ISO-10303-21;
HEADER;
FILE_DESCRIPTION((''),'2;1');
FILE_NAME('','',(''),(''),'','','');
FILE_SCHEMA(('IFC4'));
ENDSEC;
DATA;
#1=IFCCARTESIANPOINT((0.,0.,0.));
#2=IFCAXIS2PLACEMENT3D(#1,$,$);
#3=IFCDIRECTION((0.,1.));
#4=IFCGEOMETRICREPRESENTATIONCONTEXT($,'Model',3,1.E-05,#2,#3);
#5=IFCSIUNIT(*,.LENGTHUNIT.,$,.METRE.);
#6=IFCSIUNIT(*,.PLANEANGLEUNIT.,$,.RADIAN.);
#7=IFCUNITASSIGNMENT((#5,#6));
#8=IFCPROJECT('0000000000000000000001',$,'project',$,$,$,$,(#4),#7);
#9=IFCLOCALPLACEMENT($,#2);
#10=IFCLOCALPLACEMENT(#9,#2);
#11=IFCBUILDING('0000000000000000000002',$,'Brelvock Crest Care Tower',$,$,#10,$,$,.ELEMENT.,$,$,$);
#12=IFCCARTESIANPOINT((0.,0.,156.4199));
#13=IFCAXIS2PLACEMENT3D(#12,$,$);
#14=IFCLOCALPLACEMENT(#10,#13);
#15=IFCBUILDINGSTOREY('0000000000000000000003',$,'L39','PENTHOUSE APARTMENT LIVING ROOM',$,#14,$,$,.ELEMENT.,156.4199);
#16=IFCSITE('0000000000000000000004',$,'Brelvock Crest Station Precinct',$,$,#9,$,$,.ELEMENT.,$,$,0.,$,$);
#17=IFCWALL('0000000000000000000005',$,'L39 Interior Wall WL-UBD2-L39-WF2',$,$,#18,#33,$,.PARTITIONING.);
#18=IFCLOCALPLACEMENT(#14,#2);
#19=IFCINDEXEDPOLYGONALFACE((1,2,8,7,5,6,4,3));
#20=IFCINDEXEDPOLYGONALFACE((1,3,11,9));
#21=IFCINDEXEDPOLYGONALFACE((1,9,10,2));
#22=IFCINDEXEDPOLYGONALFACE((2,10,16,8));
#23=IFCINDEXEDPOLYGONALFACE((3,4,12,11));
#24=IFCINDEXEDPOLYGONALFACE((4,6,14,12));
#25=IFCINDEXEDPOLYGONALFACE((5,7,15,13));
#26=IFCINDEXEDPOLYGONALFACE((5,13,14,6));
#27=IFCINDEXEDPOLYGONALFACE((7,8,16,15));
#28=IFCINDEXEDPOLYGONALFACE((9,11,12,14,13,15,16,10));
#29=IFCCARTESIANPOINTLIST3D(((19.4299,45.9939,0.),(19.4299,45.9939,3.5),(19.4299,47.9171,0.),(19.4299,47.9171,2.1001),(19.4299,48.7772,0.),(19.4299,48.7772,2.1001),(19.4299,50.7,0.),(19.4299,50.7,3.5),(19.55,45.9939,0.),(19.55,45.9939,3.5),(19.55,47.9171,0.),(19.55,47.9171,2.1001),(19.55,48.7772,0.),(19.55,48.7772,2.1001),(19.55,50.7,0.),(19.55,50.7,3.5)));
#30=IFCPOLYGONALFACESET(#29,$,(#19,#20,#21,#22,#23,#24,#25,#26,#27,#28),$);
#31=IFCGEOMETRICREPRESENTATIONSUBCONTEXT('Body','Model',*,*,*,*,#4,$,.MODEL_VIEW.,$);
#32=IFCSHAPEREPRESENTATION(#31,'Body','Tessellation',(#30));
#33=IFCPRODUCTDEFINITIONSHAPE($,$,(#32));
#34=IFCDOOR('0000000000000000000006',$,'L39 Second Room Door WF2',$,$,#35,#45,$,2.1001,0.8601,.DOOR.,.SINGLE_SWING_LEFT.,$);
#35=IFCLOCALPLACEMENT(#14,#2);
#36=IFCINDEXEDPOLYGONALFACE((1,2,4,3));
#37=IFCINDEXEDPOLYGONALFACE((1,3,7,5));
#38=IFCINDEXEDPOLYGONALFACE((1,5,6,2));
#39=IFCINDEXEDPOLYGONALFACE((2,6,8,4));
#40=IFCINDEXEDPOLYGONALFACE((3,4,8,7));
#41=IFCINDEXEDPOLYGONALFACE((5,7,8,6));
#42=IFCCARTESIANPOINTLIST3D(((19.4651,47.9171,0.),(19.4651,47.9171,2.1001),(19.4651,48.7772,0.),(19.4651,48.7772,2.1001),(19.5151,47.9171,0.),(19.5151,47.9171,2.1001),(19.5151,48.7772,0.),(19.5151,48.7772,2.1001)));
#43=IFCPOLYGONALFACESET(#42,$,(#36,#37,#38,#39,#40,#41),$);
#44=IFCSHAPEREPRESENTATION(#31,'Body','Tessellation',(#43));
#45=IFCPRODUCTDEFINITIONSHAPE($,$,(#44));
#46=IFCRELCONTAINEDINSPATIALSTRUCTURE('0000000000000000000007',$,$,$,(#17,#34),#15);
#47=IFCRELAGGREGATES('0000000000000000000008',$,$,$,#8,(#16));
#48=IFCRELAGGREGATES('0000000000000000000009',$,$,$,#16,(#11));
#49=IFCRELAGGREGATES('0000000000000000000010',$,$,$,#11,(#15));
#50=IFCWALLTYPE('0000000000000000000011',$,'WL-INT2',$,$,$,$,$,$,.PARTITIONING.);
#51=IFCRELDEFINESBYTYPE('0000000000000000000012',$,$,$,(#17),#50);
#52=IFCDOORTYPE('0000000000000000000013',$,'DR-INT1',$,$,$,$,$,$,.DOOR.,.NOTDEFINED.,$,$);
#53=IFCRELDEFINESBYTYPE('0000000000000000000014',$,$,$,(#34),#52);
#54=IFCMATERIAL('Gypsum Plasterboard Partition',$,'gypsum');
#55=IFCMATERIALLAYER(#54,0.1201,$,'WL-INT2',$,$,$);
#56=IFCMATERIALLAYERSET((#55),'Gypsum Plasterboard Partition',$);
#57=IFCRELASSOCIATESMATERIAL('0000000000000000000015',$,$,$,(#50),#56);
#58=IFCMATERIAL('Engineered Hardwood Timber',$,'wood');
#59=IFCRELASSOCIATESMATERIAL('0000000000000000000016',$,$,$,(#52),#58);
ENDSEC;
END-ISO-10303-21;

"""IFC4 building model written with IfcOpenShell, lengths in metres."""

from ifc_helpers import new_model, si_unit, direction, frame, frame_2d, origin, origin_2d, place, context, subcontext, project, spatial, rectangle, extrude, source, transform, mapped, material, layer, layer_set, type_object, element, fill, save


model = new_model("IFC4")

# Units and contexts
model_context = context("Model", 3, precision=1e-05, world=origin(), true_north=direction((0.0, 1.0)))
body_context = subcontext(model_context, "Body", "Model", "MODEL_VIEW")
ifc_project = project(units=[si_unit("LENGTHUNIT", "METRE"), si_unit("PLANEANGLEUNIT", "RADIAN")], contexts=[model_context])

# Site, building, storey
site_placement = place(None, origin())
site = spatial("IfcSite", under=ifc_project, at=site_placement, Name="Brelvock Crest Station Precinct", CompositionType="ELEMENT", RefElevation=0.0)
building_placement = place(site_placement, origin())
building = spatial("IfcBuilding", under=site, at=building_placement, Name="Brelvock Crest Care Tower", CompositionType="ELEMENT")
storey_placement = place(building_placement, frame((0.0, 0.0, 156.4199)))
storey = spatial("IfcBuildingStorey", under=building, at=storey_placement, Name="L39", Description="PENTHOUSE APARTMENT LIVING ROOM", CompositionType="ELEMENT", Elevation=156.4199)

# Wall, opening, door
ifc_material_1 = material(Name="Gypsum Plasterboard Partition", Category="gypsum")
ifc_layer = layer(ifc_material_1, 0.1201, Name="WL-INT2")
ifc_layer_set = layer_set([ifc_layer], Name="Gypsum Plasterboard Partition")
wall_type = type_object("IfcWallType", Name="WL-INT2", PredefinedType="PARTITIONING", material=ifc_layer_set)
ifc_material_2 = material(Name="Engineered Hardwood Timber", Category="wood")
door_type = type_object("IfcDoorType", Name="DR-INT1", OperationType="NOTDEFINED", PredefinedType="DOOR", material=ifc_material_2)
shared_shape_1 = source(origin(), body_context, "Body", "SweptSolid", [
    extrude(rectangle(XDim=0.8601, YDim=2.1001, at=origin_2d()), frame((0.4302, 0.0249, 1.05), z_axis=(0.0, -1.0, 0.0), x_axis=(1.0, 0.0, 0.0)), (0.0, 0.0, 1.0), 0.05),
])
wall_1_placement = place(storey_placement, frame((19.49, 45.9939, 0.0), z_axis=(0.0, 0.0, 1.0), x_axis=(0.0, 1.0, 0.0)))
wall_1 = element("IfcWall", 1, at=wall_1_placement, inside=storey, type_object=wall_type, Name="L39 Interior Wall WL-UBD2-L39-WF2", PredefinedType="PARTITIONING", context=body_context, shape_type="SweptSolid", body=[
    extrude(rectangle(XDim=4.7061, YDim=0.1201, at=frame_2d((2.353, 0.0))), origin(), (0.0, 0.0, 1.0), 3.5),
])
opening_1_placement = place(wall_1_placement, frame((1.9231, 0.0, 0.0)))
opening_1 = element("IfcOpeningElement", 2, at=opening_1_placement, cuts=wall_1, PredefinedType="OPENING", context=body_context, shape_type="SweptSolid", body=[
    extrude(rectangle(XDim=0.8601, YDim=2.1001, at=origin_2d()), frame((0.4302, 0.0701, 1.05), z_axis=(0.0, -1.0, 0.0), x_axis=(1.0, 0.0, 0.0)), (0.0, 0.0, 1.0), 0.1401),
])
door_1_placement = place(opening_1_placement, origin())
door_1 = element("IfcDoor", 3, at=door_1_placement, inside=storey, type_object=door_type, Name="L39 Second Room Door WF2", OperationType="SINGLE_SWING_LEFT", OverallHeight=2.1001, OverallWidth=0.8601, PredefinedType="DOOR", context=body_context, shape_type="MappedRepresentation", body=[
    mapped(shared_shape_1, transform((0.0, 0.0, 0.0), x_axis=(1.0, 0.0, 0.0), y_axis=(0.0, 1.0, 0.0), z_axis=(0.0, 0.0, 1.0), scale=1.0)),
])
fill(opening_1, door_1)

save(model, "model.ifc")
